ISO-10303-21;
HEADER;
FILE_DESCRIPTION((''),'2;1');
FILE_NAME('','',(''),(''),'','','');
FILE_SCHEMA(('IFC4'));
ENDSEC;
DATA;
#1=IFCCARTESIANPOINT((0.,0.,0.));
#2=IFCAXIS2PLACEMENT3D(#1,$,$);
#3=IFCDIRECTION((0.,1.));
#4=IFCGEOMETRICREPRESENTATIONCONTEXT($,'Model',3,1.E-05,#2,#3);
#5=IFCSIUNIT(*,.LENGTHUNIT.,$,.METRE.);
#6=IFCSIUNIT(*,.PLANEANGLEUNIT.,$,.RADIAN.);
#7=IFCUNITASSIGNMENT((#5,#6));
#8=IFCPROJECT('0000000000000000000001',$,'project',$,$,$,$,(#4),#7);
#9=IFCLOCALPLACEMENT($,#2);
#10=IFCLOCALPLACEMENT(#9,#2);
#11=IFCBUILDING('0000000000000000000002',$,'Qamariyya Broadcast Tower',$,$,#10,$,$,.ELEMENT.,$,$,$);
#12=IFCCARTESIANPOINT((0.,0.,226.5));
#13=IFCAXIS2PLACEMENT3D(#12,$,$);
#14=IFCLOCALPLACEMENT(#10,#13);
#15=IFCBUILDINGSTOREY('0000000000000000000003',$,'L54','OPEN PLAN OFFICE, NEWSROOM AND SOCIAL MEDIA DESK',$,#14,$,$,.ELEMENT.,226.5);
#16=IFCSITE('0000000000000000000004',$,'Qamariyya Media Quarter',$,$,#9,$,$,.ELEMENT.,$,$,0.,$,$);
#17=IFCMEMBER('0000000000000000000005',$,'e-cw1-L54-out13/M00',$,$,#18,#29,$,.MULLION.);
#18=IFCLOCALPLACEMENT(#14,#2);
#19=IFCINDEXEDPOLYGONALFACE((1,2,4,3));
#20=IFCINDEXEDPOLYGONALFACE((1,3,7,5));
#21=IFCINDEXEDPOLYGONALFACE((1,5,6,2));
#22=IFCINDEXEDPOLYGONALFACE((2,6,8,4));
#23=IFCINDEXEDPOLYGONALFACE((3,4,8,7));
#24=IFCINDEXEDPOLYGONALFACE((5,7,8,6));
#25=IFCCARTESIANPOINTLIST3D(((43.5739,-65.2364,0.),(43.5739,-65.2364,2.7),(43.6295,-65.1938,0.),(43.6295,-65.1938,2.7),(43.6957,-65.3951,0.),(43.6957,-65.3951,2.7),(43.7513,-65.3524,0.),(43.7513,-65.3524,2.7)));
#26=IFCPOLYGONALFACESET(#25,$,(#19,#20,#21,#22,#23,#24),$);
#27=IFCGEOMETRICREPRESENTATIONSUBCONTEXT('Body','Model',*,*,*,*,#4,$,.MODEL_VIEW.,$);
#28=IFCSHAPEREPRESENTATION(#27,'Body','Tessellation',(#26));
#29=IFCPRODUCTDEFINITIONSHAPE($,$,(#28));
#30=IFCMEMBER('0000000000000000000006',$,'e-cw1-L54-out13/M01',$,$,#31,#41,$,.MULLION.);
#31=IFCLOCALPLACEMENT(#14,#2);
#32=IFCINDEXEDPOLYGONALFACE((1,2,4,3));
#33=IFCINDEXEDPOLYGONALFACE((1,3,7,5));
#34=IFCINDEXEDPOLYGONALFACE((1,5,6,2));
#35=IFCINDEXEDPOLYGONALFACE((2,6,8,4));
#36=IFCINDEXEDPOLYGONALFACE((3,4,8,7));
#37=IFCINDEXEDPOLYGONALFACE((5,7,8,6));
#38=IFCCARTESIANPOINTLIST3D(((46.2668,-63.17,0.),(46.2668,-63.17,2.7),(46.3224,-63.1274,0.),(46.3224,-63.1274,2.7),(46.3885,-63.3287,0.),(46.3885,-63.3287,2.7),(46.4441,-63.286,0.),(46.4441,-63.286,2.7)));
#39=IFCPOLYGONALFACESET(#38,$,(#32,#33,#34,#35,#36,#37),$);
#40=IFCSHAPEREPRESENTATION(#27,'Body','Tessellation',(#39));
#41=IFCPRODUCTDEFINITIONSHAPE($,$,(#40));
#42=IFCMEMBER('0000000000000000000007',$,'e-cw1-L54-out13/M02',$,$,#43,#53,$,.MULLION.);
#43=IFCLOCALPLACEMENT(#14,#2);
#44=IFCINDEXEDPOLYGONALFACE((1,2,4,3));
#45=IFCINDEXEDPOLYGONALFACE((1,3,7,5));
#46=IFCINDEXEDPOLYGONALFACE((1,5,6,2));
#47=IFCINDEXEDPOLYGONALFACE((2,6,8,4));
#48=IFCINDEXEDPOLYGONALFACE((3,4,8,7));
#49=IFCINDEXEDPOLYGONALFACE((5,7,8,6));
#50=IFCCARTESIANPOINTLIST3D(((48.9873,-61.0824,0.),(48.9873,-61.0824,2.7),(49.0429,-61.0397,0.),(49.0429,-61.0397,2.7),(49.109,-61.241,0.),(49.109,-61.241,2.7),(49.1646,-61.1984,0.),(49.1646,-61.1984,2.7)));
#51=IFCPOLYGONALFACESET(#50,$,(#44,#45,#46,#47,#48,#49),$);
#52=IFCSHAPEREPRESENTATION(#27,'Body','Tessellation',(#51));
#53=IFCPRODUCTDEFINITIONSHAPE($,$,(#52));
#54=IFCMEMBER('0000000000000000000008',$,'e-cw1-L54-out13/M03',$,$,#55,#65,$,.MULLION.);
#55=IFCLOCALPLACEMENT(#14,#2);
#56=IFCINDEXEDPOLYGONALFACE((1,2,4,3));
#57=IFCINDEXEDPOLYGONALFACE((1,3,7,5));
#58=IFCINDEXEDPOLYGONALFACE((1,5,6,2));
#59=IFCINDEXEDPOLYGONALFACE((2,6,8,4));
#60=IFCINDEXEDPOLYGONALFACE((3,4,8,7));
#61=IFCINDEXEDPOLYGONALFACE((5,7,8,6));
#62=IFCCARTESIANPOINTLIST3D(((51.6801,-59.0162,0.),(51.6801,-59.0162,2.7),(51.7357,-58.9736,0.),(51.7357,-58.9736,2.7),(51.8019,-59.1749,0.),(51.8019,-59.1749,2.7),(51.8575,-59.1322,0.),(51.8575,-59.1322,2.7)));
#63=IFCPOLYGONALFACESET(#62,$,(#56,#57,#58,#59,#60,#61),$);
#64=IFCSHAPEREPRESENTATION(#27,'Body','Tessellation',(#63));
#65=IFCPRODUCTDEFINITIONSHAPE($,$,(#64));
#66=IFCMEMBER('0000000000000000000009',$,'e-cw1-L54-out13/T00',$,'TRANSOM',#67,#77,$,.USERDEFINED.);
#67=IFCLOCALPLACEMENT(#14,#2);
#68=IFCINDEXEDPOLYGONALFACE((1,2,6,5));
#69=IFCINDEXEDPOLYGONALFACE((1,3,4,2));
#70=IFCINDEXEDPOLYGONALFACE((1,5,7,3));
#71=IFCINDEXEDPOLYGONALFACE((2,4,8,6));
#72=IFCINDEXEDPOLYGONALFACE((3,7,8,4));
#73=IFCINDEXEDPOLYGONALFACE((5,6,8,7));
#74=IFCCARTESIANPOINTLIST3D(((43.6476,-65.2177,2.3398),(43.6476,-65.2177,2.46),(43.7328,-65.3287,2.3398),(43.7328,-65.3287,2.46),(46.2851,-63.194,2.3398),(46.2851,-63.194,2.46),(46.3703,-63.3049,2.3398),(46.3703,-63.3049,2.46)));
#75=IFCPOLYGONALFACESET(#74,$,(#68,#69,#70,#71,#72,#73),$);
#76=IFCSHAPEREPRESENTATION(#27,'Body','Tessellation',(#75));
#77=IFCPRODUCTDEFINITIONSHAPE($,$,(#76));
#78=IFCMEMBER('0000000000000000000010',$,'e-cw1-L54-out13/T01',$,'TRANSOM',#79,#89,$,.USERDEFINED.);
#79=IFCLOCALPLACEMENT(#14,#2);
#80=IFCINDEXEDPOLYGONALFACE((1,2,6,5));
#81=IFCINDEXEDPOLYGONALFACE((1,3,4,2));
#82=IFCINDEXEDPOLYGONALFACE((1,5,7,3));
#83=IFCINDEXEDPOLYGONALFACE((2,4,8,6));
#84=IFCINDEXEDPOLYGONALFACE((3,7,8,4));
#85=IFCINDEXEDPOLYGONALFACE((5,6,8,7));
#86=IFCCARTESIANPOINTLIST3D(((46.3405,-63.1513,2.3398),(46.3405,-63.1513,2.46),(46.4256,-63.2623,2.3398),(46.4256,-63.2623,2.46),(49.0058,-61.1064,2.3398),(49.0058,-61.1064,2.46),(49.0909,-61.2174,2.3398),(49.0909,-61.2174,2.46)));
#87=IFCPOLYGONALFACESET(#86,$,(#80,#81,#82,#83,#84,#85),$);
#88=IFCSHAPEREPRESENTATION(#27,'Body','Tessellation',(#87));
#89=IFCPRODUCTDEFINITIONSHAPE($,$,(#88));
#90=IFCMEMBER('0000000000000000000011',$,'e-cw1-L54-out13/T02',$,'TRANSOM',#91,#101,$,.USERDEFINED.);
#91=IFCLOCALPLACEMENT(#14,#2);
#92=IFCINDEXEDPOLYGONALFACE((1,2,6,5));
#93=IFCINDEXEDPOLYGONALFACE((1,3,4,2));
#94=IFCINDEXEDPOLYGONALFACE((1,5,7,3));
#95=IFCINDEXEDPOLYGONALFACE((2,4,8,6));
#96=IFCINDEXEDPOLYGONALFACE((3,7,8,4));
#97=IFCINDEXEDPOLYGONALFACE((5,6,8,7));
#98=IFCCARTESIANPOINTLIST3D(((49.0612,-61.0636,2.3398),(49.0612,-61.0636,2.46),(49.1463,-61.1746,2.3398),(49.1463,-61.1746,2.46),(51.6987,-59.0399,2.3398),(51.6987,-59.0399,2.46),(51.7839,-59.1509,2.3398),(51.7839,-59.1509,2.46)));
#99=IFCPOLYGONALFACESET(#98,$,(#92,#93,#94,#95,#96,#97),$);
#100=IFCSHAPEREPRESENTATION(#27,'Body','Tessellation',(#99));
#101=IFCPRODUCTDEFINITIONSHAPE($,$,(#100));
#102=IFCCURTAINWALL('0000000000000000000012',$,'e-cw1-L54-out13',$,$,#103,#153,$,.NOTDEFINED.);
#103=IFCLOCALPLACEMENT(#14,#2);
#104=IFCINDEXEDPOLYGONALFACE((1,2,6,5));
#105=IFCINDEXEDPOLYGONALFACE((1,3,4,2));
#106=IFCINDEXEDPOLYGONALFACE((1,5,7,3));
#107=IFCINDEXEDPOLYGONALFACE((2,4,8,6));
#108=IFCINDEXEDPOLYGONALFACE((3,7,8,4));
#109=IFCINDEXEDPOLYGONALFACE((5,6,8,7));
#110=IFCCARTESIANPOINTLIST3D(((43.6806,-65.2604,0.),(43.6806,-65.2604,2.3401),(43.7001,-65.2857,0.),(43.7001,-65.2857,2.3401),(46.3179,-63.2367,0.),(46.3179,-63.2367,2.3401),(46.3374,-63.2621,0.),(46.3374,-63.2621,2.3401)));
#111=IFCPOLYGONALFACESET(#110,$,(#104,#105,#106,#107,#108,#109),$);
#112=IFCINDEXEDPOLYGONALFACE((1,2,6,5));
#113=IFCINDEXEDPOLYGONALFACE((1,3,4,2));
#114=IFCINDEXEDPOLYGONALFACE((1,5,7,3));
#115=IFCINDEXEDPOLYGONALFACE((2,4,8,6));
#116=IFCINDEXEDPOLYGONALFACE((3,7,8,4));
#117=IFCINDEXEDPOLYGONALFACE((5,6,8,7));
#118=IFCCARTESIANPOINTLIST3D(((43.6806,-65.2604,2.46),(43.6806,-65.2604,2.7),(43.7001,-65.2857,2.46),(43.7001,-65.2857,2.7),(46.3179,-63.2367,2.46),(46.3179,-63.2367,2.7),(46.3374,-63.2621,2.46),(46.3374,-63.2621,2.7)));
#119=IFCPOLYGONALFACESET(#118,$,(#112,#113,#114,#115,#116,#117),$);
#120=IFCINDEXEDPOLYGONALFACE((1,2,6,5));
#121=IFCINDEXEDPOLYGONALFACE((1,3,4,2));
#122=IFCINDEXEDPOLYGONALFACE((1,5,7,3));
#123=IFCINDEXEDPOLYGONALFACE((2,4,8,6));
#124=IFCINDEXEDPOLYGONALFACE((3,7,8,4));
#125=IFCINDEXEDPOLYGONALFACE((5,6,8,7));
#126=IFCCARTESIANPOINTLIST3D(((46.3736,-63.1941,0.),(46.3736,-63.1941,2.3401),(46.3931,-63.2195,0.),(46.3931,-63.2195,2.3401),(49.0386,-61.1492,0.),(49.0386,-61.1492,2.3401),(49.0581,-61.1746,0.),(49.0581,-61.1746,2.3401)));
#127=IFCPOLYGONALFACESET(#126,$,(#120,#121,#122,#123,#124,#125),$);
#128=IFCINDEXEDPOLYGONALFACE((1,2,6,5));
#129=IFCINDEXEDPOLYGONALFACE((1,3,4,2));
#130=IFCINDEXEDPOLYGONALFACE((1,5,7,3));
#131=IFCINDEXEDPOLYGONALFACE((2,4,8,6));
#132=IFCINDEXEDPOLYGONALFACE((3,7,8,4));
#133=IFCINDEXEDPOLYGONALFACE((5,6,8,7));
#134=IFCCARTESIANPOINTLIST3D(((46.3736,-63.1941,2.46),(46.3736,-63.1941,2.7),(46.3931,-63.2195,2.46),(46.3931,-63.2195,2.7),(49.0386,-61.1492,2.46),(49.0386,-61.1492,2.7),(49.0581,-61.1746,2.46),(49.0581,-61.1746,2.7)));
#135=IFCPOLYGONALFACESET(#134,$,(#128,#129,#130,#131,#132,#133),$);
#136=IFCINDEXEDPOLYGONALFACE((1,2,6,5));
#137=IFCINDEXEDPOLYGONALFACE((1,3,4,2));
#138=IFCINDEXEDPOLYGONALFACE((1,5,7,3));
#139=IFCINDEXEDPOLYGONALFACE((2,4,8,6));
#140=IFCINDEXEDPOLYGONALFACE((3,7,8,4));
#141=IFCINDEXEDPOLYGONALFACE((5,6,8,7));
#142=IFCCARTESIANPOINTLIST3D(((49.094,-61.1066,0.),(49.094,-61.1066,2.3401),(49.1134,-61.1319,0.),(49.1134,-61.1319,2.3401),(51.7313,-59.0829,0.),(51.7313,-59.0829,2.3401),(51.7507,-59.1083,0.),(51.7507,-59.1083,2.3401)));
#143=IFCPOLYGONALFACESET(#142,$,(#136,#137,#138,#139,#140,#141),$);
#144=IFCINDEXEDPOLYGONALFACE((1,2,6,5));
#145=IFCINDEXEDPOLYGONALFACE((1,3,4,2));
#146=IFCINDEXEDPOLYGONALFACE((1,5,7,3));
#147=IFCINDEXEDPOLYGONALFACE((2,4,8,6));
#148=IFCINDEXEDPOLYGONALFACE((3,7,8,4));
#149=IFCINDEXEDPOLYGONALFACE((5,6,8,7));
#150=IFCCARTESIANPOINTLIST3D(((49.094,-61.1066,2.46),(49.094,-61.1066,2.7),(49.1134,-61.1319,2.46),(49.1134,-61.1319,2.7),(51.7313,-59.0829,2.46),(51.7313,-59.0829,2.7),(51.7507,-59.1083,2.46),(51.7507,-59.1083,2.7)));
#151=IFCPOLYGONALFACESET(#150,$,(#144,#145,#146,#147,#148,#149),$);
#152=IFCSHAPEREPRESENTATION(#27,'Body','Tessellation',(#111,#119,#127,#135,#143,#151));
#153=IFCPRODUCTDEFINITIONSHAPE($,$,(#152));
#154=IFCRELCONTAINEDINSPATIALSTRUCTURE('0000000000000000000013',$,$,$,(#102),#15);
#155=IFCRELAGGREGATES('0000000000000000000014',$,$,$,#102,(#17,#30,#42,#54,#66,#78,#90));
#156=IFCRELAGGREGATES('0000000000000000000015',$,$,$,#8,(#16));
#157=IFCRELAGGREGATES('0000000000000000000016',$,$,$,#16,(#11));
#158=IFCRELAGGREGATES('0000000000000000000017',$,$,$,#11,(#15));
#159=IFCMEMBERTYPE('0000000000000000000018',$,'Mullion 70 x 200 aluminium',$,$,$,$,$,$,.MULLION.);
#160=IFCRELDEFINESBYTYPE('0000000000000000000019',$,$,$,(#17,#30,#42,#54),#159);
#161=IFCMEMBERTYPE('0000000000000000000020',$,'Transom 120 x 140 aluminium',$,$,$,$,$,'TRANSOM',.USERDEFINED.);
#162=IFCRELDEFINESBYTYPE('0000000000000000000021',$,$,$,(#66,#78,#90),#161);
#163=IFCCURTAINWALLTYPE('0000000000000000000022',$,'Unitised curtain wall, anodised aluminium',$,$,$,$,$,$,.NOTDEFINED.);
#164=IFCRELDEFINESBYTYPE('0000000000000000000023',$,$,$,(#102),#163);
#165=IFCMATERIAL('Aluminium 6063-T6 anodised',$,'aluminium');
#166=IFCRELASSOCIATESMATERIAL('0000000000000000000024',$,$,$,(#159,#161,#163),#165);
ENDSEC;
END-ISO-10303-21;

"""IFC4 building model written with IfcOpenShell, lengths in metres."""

from ifc_helpers import new_model, si_unit, direction, frame, origin, origin_2d, place, context, subcontext, project, spatial, rectangle, extrude, material, material_profile, profile_set, type_object, element, aggregate, save


model = new_model("IFC4")

# Units and contexts
model_context = context("Model", 3, precision=1e-05, world=origin(), true_north=direction((0.0, 1.0)))
body_context = subcontext(model_context, "Body", "Model", "MODEL_VIEW")
ifc_project = project(units=[si_unit("LENGTHUNIT", "METRE"), si_unit("PLANEANGLEUNIT", "RADIAN")], contexts=[model_context])

# Members
ifc_material = material(Name="Aluminium 6063-T6 anodised", Category="aluminium")
ifc_material_profile_1 = material_profile(ifc_material, rectangle(XDim=0.2, YDim=0.0701, at=origin_2d()))
ifc_profile_set_1 = profile_set([ifc_material_profile_1], Name="Aluminium 6063-T6 anodised")
member_type_1 = type_object("IfcMemberType", Name="Mullion 70 x 200 aluminium", PredefinedType="MULLION", material=ifc_profile_set_1)
site_placement = place(None, origin())
building_placement = place(site_placement, origin())
storey_placement = place(building_placement, frame((0.0, 0.0, 226.5)))
member_1_placement = place(storey_placement, frame((43.6626, -65.2944, 0.0), z_axis=(0.0, 0.0, 1.0), x_axis=(-0.608761, 0.793353, 0.0)))
member_1 = element("IfcMember", 1, at=member_1_placement, type_object=member_type_1, Name="e-cw1-L54-out13/M00", PredefinedType="MULLION", context=body_context, shape_type="SweptSolid", body=[
    extrude(rectangle(XDim=0.2, YDim=0.0701, at=origin_2d()), origin(), (0.0, 0.0, 1.0), 2.7),
])
member_2_placement = place(storey_placement, frame((46.3555, -63.228, 0.0), z_axis=(0.0, 0.0, 1.0), x_axis=(-0.608761, 0.793353, 0.0)))
member_2 = element("IfcMember", 2, at=member_2_placement, type_object=member_type_1, Name="e-cw1-L54-out13/M01", PredefinedType="MULLION", context=body_context, shape_type="SweptSolid", body=[
    extrude(rectangle(XDim=0.2, YDim=0.0701, at=origin_2d()), origin(), (0.0, 0.0, 1.0), 2.7),
])
member_3_placement = place(storey_placement, frame((49.0759, -61.1404, 0.0), z_axis=(0.0, 0.0, 1.0), x_axis=(-0.608761, 0.793353, 0.0)))
member_3 = element("IfcMember", 3, at=member_3_placement, type_object=member_type_1, Name="e-cw1-L54-out13/M02", PredefinedType="MULLION", context=body_context, shape_type="SweptSolid", body=[
    extrude(rectangle(XDim=0.2, YDim=0.0701, at=origin_2d()), origin(), (0.0, 0.0, 1.0), 2.7),
])
member_4_placement = place(storey_placement, frame((51.7688, -59.0742, 0.0), z_axis=(0.0, 0.0, 1.0), x_axis=(-0.608761, 0.793353, 0.0)))
member_4 = element("IfcMember", 4, at=member_4_placement, type_object=member_type_1, Name="e-cw1-L54-out13/M03", PredefinedType="MULLION", context=body_context, shape_type="SweptSolid", body=[
    extrude(rectangle(XDim=0.2, YDim=0.0701, at=origin_2d()), origin(), (0.0, 0.0, 1.0), 2.7),
])
ifc_material_profile_2 = material_profile(ifc_material, rectangle(XDim=0.1399, YDim=0.1201, at=origin_2d()))
ifc_profile_set_2 = profile_set([ifc_material_profile_2], Name="Aluminium 6063-T6 anodised")
member_type_2 = type_object("IfcMemberType", Name="Transom 120 x 140 aluminium", ElementType="TRANSOM", PredefinedType="USERDEFINED", material=ifc_profile_set_2)
member_5_placement = place(storey_placement, frame((43.6902, -65.2732, 2.3999), z_axis=(0.793369, 0.608741, 0.0), x_axis=(-0.608741, 0.793369, 0.0)))
member_5 = element("IfcMember", 5, at=member_5_placement, type_object=member_type_2, Name="e-cw1-L54-out13/T00", ObjectType="TRANSOM", PredefinedType="USERDEFINED", context=body_context, shape_type="SweptSolid", body=[
    extrude(rectangle(XDim=0.1399, YDim=0.1201, at=origin_2d()), origin(), (0.0, 0.0, 1.0), 3.3245),
])
member_6_placement = place(storey_placement, frame((46.3831, -63.2068, 2.3999), z_axis=(0.793385, 0.60872, 0.0), x_axis=(-0.60872, 0.793385, 0.0)))
member_6 = element("IfcMember", 6, at=member_6_placement, type_object=member_type_2, Name="e-cw1-L54-out13/T01", ObjectType="TRANSOM", PredefinedType="USERDEFINED", context=body_context, shape_type="SweptSolid", body=[
    extrude(rectangle(XDim=0.1399, YDim=0.1201, at=origin_2d()), origin(), (0.0, 0.0, 1.0), 3.3594),
])
member_7_placement = place(storey_placement, frame((49.1038, -61.1191, 2.3999), z_axis=(0.793369, 0.608741, 0.0), x_axis=(-0.608741, 0.793369, 0.0)))
member_7 = element("IfcMember", 7, at=member_7_placement, type_object=member_type_2, Name="e-cw1-L54-out13/T02", ObjectType="TRANSOM", PredefinedType="USERDEFINED", context=body_context, shape_type="SweptSolid", body=[
    extrude(rectangle(XDim=0.1399, YDim=0.1201, at=origin_2d()), origin(), (0.0, 0.0, 1.0), 3.3245),
])

# Site, building, storey
site = spatial("IfcSite", under=ifc_project, at=site_placement, Name="Qamariyya Media Quarter", CompositionType="ELEMENT", RefElevation=0.0)
building = spatial("IfcBuilding", under=site, at=building_placement, Name="Qamariyya Broadcast Tower", CompositionType="ELEMENT")
storey = spatial("IfcBuildingStorey", under=building, at=storey_placement, Name="L54", Description="OPEN PLAN OFFICE, NEWSROOM AND SOCIAL MEDIA DESK", CompositionType="ELEMENT", Elevation=226.5)

# Curtain wall
curtain_wall_type = type_object("IfcCurtainWallType", Name="Unitised curtain wall, anodised aluminium", PredefinedType="NOTDEFINED", material=ifc_material)
curtain_wall_1_placement = place(storey_placement, origin())
curtain_wall_1 = element("IfcCurtainWall", 8, at=curtain_wall_1_placement, inside=storey, type_object=curtain_wall_type, Name="e-cw1-L54-out13", PredefinedType="NOTDEFINED", context=body_context, shape_type="SweptSolid", body=[
    extrude(rectangle(XDim=3.3242, YDim=0.032, at=origin_2d()), frame((45.009, -64.2612, 0.0), x_axis=(0.793359, 0.608754, 0.0)), (0.0, 0.0, 1.0), 2.3401),
    extrude(rectangle(XDim=3.3242, YDim=0.032, at=origin_2d()), frame((45.009, -64.2612, 2.46), x_axis=(0.793359, 0.608754, 0.0)), (0.0, 0.0, 1.0), 0.24),
    extrude(rectangle(XDim=3.3591, YDim=0.032, at=origin_2d()), frame((47.7158, -62.1843, 0.0), x_axis=(0.793359, 0.608754, 0.0)), (0.0, 0.0, 1.0), 2.3401),
    extrude(rectangle(XDim=3.3591, YDim=0.032, at=origin_2d()), frame((47.7158, -62.1843, 2.46), x_axis=(0.793359, 0.608754, 0.0)), (0.0, 0.0, 1.0), 0.24),
    extrude(rectangle(XDim=3.3242, YDim=0.032, at=origin_2d()), frame((50.4224, -60.1074, 0.0), x_axis=(0.793359, 0.608754, 0.0)), (0.0, 0.0, 1.0), 2.3401),
    extrude(rectangle(XDim=3.3242, YDim=0.032, at=origin_2d()), frame((50.4224, -60.1074, 2.46), x_axis=(0.793359, 0.608754, 0.0)), (0.0, 0.0, 1.0), 0.24),
])
aggregate(curtain_wall_1, [member_1, member_2, member_3, member_4, member_5, member_6, member_7])

save(model, "model.ifc")
